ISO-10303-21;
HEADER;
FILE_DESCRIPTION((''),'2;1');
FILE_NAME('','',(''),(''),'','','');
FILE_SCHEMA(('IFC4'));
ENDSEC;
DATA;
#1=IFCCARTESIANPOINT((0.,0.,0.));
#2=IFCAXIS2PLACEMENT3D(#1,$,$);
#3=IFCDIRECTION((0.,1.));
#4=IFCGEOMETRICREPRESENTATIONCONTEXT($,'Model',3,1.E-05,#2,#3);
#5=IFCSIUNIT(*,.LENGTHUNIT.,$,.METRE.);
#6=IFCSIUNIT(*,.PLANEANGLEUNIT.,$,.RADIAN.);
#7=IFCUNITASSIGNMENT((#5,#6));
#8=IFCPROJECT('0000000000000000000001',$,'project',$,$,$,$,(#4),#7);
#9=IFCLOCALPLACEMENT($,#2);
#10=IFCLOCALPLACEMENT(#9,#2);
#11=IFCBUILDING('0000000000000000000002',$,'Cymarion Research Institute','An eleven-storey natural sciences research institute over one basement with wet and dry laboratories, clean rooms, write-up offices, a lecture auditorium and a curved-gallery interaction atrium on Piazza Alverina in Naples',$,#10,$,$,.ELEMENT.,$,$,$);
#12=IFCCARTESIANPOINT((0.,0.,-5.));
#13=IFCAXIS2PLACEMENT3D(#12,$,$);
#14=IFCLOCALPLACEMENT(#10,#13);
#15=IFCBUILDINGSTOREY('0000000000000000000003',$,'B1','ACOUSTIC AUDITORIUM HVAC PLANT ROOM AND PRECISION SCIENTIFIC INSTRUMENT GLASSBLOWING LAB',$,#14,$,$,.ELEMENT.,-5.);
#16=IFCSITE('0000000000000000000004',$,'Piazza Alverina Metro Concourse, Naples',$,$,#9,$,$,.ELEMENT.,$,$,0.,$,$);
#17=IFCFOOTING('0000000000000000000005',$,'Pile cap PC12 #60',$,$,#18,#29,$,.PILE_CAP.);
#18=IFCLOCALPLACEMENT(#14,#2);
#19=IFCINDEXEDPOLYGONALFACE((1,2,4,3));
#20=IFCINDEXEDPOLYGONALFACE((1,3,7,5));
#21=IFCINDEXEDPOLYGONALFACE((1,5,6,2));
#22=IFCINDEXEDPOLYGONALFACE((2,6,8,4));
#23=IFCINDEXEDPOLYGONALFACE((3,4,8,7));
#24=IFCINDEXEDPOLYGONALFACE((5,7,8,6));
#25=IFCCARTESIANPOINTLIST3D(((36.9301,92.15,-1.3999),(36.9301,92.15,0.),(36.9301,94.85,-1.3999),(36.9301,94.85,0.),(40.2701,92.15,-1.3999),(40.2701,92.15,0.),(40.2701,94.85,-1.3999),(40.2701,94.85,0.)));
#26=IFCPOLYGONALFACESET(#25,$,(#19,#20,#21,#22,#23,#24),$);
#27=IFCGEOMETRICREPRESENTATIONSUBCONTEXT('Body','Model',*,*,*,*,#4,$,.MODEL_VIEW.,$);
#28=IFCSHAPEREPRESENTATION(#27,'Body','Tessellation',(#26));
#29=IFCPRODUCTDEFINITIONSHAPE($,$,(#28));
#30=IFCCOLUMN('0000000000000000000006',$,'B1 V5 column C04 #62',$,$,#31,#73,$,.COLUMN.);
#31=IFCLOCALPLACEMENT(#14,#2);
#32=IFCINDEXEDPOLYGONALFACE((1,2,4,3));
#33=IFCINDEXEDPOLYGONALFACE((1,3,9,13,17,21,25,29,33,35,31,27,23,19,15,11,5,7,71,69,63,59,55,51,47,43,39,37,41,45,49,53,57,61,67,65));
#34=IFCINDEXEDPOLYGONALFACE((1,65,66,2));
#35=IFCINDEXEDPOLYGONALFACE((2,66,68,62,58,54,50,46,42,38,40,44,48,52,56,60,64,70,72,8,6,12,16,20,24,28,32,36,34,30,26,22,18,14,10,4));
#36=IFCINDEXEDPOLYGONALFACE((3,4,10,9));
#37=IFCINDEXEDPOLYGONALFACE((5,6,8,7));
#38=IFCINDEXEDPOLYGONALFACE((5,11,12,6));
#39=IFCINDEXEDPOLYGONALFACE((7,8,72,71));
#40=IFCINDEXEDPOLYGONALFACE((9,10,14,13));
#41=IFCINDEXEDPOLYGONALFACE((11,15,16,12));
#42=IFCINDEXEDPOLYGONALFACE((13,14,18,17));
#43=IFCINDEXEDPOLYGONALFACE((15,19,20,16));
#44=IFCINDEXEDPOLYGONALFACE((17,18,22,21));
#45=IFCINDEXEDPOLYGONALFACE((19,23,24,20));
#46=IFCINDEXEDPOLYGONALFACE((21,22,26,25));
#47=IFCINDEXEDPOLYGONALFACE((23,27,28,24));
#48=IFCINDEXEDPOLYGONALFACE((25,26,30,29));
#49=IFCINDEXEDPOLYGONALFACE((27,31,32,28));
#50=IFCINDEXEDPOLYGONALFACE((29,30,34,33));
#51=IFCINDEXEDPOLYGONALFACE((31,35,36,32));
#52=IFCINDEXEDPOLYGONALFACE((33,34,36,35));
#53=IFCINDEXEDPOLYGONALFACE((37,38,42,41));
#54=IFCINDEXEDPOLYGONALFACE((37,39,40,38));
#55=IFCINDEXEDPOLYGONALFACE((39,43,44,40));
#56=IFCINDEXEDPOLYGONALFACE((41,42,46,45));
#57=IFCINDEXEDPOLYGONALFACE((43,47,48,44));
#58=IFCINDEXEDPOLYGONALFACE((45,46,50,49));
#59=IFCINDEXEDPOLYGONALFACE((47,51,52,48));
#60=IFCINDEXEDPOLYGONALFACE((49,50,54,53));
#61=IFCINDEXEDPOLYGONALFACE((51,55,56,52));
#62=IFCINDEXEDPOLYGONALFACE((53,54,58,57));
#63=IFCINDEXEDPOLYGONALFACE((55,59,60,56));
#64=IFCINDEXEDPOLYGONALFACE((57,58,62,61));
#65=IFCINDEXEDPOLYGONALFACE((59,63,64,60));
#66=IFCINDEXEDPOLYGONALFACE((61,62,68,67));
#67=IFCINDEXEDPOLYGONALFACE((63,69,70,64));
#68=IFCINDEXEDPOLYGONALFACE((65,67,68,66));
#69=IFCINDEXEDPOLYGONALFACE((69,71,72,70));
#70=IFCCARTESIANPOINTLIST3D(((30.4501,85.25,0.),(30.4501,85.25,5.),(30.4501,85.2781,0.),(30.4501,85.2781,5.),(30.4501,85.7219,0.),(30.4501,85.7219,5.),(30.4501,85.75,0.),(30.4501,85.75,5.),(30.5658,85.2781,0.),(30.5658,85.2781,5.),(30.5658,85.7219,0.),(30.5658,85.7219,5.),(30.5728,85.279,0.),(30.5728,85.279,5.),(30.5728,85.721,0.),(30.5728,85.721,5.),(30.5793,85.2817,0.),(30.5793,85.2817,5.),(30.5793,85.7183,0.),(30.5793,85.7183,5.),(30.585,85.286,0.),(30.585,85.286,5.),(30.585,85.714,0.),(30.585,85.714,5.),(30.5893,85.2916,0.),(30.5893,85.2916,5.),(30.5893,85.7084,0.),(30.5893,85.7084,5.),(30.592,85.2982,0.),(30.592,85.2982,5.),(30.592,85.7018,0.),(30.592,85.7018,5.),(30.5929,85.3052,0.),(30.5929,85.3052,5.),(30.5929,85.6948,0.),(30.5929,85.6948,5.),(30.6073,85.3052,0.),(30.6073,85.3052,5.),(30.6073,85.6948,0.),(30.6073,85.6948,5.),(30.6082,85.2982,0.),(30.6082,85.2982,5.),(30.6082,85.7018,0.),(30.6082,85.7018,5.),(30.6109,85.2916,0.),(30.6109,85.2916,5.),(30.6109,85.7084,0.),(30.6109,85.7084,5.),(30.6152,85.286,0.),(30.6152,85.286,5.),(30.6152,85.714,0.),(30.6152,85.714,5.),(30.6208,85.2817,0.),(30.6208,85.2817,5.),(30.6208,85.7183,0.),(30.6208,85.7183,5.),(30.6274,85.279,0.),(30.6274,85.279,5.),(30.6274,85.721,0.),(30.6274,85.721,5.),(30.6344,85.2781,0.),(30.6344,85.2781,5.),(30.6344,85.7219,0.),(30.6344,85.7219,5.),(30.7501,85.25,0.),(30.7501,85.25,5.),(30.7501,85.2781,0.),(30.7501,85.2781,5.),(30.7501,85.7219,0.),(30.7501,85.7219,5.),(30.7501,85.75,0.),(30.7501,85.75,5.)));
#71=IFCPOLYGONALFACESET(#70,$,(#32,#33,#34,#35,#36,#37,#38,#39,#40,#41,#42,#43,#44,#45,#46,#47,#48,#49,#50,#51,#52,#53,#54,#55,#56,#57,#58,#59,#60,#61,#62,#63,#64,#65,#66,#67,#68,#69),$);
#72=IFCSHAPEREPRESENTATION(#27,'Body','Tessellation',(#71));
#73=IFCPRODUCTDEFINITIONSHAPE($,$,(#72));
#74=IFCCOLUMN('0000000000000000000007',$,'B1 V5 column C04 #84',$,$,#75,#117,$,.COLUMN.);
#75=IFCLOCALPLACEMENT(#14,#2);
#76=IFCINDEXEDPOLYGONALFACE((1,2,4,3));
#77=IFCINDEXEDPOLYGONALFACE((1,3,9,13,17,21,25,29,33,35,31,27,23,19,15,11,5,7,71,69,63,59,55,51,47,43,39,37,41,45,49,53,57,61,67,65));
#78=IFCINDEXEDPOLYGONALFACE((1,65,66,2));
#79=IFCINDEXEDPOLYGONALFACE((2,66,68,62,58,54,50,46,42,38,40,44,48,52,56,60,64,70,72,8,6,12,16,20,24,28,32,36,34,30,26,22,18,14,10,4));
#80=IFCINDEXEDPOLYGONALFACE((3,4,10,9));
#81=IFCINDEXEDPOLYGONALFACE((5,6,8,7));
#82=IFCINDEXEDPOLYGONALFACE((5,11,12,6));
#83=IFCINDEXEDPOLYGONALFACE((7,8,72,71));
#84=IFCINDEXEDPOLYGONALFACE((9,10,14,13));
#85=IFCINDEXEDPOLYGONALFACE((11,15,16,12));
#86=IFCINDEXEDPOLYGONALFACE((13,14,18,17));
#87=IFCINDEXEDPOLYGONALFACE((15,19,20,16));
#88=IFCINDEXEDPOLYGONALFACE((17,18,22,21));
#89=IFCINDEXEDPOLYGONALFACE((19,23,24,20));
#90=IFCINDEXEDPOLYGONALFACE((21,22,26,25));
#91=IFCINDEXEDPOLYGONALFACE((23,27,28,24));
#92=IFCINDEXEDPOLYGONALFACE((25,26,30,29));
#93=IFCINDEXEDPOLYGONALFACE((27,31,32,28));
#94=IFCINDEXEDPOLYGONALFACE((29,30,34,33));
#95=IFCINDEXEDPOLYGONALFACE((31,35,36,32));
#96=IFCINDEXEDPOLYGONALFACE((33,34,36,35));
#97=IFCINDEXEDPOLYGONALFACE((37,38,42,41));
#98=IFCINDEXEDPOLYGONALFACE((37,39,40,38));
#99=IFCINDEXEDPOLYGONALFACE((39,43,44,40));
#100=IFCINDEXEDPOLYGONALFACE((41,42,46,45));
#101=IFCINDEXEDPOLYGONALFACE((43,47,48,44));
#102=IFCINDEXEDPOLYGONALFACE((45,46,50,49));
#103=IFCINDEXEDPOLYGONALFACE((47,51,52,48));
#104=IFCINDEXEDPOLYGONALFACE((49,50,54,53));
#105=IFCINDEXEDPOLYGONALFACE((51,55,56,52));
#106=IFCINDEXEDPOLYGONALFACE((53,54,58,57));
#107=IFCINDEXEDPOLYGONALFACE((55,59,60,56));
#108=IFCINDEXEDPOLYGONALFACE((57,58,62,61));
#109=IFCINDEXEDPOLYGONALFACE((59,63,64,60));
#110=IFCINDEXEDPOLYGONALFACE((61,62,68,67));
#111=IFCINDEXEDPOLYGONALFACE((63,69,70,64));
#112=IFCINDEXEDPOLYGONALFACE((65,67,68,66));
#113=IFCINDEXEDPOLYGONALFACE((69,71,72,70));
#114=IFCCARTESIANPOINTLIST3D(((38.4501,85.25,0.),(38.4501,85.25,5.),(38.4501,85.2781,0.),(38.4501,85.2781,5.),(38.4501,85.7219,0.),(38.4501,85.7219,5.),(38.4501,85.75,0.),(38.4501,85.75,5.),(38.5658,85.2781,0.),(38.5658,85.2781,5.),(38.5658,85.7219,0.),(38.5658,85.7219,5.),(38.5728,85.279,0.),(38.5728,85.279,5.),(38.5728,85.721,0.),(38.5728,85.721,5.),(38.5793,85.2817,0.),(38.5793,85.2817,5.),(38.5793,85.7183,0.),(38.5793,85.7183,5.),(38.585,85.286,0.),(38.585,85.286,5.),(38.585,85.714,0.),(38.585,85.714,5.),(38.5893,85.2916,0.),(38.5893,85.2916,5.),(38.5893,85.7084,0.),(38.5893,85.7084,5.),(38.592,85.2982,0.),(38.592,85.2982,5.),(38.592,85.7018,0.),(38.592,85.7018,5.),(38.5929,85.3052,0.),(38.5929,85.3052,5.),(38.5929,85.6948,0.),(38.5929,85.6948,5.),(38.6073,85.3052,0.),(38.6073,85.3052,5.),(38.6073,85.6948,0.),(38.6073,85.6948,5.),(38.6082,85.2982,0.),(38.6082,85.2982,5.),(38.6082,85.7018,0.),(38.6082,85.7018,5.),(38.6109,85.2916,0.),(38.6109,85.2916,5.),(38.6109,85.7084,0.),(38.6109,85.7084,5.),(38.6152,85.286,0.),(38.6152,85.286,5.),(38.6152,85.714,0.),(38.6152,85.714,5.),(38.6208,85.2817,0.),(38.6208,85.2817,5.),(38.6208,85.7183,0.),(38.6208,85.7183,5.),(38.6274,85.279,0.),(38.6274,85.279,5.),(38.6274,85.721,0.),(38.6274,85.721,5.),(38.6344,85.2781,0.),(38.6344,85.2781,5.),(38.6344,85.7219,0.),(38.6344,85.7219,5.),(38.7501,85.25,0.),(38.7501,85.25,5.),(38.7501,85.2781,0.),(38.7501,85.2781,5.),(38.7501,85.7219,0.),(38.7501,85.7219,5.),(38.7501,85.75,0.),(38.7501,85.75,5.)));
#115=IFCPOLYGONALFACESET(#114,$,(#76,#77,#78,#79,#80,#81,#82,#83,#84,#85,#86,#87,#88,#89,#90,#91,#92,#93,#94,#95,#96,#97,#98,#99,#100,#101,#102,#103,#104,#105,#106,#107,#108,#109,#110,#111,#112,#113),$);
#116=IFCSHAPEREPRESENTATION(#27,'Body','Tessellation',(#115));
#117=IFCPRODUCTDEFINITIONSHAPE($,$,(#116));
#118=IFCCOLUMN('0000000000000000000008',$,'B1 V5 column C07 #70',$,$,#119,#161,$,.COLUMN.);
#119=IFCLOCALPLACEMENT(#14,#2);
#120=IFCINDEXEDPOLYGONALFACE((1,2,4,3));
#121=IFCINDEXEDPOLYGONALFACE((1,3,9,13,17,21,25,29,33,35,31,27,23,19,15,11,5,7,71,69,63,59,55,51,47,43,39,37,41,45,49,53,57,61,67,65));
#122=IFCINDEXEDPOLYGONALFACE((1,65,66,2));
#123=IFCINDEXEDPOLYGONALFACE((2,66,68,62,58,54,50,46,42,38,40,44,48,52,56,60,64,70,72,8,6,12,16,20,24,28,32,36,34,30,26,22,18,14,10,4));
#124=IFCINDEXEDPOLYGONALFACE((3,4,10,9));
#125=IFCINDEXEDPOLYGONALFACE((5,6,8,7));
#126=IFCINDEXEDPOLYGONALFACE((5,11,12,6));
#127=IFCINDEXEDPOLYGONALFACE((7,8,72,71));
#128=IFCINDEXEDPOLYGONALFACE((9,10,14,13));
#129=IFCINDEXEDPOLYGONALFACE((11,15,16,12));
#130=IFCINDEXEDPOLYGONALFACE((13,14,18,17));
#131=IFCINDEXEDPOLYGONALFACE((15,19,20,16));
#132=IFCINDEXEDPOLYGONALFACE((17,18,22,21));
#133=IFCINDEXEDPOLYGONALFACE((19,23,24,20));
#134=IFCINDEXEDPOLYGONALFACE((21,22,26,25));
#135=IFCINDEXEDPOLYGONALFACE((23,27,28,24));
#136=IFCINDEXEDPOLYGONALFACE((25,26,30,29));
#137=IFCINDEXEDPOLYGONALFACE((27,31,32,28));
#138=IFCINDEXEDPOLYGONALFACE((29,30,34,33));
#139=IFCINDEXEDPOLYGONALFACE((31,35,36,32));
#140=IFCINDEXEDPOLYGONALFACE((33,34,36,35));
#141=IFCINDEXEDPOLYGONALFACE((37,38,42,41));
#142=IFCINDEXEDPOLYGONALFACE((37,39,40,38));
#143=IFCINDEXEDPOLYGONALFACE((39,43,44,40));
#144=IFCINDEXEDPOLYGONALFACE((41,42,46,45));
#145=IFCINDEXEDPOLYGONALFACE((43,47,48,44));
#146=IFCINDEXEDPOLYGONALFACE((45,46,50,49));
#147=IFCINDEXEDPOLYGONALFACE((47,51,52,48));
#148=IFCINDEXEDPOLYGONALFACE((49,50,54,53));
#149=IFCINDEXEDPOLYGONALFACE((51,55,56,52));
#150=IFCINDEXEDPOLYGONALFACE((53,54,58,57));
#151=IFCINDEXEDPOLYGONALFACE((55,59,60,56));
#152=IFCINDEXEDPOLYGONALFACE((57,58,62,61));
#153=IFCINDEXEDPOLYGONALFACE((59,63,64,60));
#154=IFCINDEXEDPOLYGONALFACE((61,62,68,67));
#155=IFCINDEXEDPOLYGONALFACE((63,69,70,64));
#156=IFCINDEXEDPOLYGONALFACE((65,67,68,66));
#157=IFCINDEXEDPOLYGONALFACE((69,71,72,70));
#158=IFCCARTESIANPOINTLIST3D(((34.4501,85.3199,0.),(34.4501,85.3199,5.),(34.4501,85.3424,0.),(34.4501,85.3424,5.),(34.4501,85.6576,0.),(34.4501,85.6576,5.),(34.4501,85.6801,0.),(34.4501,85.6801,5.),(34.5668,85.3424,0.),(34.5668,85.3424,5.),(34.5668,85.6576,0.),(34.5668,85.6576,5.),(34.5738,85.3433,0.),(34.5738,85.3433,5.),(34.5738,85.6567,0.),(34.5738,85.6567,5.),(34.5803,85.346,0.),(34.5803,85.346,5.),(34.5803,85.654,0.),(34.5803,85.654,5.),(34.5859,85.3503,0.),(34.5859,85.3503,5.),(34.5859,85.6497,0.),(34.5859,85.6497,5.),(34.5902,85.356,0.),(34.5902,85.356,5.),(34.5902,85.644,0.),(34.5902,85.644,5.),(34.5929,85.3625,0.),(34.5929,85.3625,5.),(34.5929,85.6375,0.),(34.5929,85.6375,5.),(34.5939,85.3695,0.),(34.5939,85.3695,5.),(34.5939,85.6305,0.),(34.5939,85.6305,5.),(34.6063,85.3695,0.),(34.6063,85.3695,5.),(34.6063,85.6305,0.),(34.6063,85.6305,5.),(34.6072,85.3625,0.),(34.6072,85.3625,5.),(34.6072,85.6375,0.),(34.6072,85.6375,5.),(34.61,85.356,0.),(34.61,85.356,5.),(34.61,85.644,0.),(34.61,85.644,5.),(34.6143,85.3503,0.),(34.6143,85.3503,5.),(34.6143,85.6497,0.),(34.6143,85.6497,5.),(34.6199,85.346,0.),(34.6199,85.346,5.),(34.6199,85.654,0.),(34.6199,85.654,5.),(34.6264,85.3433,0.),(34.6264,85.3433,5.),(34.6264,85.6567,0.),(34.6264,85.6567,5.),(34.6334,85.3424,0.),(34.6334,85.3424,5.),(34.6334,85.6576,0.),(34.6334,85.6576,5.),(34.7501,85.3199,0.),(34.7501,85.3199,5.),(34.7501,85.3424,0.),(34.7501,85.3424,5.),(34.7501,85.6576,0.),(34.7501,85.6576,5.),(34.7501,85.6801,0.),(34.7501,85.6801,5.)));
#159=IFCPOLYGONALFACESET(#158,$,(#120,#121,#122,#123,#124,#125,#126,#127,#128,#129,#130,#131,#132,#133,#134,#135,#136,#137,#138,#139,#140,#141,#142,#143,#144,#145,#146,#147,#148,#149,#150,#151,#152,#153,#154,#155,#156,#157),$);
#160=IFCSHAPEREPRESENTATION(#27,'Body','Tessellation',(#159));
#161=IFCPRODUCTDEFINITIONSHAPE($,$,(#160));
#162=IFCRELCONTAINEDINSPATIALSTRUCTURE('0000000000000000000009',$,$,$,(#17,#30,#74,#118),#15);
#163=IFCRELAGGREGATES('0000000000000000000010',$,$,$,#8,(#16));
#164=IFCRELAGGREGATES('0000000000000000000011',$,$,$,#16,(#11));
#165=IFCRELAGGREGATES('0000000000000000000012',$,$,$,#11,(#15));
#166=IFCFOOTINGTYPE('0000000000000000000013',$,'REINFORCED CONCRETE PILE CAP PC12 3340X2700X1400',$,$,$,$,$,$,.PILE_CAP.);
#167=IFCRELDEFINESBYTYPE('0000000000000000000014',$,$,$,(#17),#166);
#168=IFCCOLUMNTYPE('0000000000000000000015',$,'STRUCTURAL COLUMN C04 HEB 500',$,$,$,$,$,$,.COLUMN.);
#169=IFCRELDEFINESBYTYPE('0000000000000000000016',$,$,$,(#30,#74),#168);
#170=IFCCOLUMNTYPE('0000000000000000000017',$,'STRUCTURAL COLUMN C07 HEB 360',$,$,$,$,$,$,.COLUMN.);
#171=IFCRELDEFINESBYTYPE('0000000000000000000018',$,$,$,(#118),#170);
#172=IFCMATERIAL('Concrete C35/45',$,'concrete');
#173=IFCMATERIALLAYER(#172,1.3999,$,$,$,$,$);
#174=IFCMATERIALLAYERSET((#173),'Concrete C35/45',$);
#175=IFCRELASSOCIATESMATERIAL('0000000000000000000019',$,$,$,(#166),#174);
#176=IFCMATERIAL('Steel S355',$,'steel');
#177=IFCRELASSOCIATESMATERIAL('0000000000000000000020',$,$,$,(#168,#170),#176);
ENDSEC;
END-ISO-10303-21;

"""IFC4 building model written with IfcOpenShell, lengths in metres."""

from ifc_helpers import new_model, si_unit, direction, frame, origin, origin_2d, place, context, subcontext, project, spatial, rectangle, i_section, extrude, material, layer, layer_set, material_profile, profile_set, type_object, element, save


model = new_model("IFC4")

# Units and contexts
model_context = context("Model", 3, precision=1e-05, world=origin(), true_north=direction((0.0, 1.0)))
body_context = subcontext(model_context, "Body", "Model", "MODEL_VIEW")
ifc_project = project(units=[si_unit("LENGTHUNIT", "METRE"), si_unit("PLANEANGLEUNIT", "RADIAN")], contexts=[model_context])

# Site, building, storey
site_placement = place(None, origin())
site = spatial("IfcSite", under=ifc_project, at=site_placement, Name="Piazza Alverina Metro Concourse, Naples", CompositionType="ELEMENT", RefElevation=0.0)
building_placement = place(site_placement, origin())
building = spatial("IfcBuilding", under=site, at=building_placement, Name="Cymarion Research Institute", Description="An eleven-storey natural sciences research institute over one basement with wet and dry laboratories, clean rooms, write-up offices, a lecture auditorium and a curved-gallery interaction atrium on Piazza Alverina in Naples", CompositionType="ELEMENT")
storey_placement = place(building_placement, frame((0.0, 0.0, -5.0)))
storey = spatial("IfcBuildingStorey", under=building, at=storey_placement, Name="B1", Description="ACOUSTIC AUDITORIUM HVAC PLANT ROOM AND PRECISION SCIENTIFIC INSTRUMENT GLASSBLOWING LAB", CompositionType="ELEMENT", Elevation=-5.0)

# Shared definitions
ifc_material_1 = material(Name="Concrete C35/45", Category="concrete")

# Footing
ifc_layer_1 = layer(ifc_material_1, 1.3999)
ifc_layer_set_1 = layer_set([ifc_layer_1], Name="Concrete C35/45")
footing_type_1 = type_object("IfcFootingType", Name="REINFORCED CONCRETE PILE CAP PC12 3340X2700X1400", PredefinedType="PILE_CAP", material=ifc_layer_set_1)
footing_1_placement = place(storey_placement, frame((38.6001, 93.5, -1.3999), z_axis=(0.0, 0.0, 1.0), x_axis=(1.0, 0.0, 0.0)))
element("IfcFooting", 1, at=footing_1_placement, inside=storey, type_object=footing_type_1, Name="Pile cap PC12 #60", PredefinedType="PILE_CAP", context=body_context, shape_type="SweptSolid", body=[
    extrude(rectangle(XDim=3.3401, YDim=2.7, at=origin_2d()), origin(), (0.0, 0.0, 1.0), 1.3999),
])

# Columns
ifc_material_2 = material(Name="Steel S355", Category="steel")
ifc_material_profile_1 = material_profile(ifc_material_2, i_section(OverallWidth=0.3, OverallDepth=0.5, WebThickness=0.0144, FlangeThickness=0.0281, FilletRadius=0.0271, at=origin_2d()), Name="HEB 500")
ifc_profile_set_1 = profile_set([ifc_material_profile_1], Name="Steel S355")
column_type_1 = type_object("IfcColumnType", Name="STRUCTURAL COLUMN C04 HEB 500", PredefinedType="COLUMN", material=ifc_profile_set_1)
for number, where, z_axis, x_axis, name in (
    (2, (30.6001, 85.5, 0.0), (0.0, 0.0, 1.0), (1.0, 0.0, 0.0), "B1 V5 column C04 #62"),
    (3, (38.6001, 85.5, 0.0), (0.0, 0.0, 1.0), (1.0, 0.0, 0.0), "B1 V5 column C04 #84"),
):
    element("IfcColumn", number, at=place(storey_placement, frame(where, z_axis=z_axis, x_axis=x_axis)), inside=storey, type_object=column_type_1, Name=name, PredefinedType="COLUMN", context=body_context, shape_type="SweptSolid", body=[
        extrude(i_section(OverallWidth=0.3, OverallDepth=0.5, WebThickness=0.0144, FlangeThickness=0.0281, FilletRadius=0.0271, at=origin_2d()), origin(), (0.0, 0.0, 1.0), 5.0),
    ])
ifc_material_profile_2 = material_profile(ifc_material_2, i_section(OverallWidth=0.3, OverallDepth=0.3601, WebThickness=0.0125, FlangeThickness=0.0225, FilletRadius=0.0271, at=origin_2d()), Name="HEB 360")
ifc_profile_set_2 = profile_set([ifc_material_profile_2], Name="Steel S355")
column_type_2 = type_object("IfcColumnType", Name="STRUCTURAL COLUMN C07 HEB 360", PredefinedType="COLUMN", material=ifc_profile_set_2)
column_placement = place(storey_placement, frame((34.6001, 85.5, 0.0), z_axis=(0.0, 0.0, 1.0), x_axis=(1.0, 0.0, 0.0)))
element("IfcColumn", 4, at=column_placement, inside=storey, type_object=column_type_2, Name="B1 V5 column C07 #70", PredefinedType="COLUMN", context=body_context, shape_type="SweptSolid", body=[
    extrude(i_section(OverallWidth=0.3, OverallDepth=0.3601, WebThickness=0.0125, FlangeThickness=0.0225, FilletRadius=0.0271, at=origin_2d()), origin(), (0.0, 0.0, 1.0), 5.0),
])

save(model, "model.ifc")
